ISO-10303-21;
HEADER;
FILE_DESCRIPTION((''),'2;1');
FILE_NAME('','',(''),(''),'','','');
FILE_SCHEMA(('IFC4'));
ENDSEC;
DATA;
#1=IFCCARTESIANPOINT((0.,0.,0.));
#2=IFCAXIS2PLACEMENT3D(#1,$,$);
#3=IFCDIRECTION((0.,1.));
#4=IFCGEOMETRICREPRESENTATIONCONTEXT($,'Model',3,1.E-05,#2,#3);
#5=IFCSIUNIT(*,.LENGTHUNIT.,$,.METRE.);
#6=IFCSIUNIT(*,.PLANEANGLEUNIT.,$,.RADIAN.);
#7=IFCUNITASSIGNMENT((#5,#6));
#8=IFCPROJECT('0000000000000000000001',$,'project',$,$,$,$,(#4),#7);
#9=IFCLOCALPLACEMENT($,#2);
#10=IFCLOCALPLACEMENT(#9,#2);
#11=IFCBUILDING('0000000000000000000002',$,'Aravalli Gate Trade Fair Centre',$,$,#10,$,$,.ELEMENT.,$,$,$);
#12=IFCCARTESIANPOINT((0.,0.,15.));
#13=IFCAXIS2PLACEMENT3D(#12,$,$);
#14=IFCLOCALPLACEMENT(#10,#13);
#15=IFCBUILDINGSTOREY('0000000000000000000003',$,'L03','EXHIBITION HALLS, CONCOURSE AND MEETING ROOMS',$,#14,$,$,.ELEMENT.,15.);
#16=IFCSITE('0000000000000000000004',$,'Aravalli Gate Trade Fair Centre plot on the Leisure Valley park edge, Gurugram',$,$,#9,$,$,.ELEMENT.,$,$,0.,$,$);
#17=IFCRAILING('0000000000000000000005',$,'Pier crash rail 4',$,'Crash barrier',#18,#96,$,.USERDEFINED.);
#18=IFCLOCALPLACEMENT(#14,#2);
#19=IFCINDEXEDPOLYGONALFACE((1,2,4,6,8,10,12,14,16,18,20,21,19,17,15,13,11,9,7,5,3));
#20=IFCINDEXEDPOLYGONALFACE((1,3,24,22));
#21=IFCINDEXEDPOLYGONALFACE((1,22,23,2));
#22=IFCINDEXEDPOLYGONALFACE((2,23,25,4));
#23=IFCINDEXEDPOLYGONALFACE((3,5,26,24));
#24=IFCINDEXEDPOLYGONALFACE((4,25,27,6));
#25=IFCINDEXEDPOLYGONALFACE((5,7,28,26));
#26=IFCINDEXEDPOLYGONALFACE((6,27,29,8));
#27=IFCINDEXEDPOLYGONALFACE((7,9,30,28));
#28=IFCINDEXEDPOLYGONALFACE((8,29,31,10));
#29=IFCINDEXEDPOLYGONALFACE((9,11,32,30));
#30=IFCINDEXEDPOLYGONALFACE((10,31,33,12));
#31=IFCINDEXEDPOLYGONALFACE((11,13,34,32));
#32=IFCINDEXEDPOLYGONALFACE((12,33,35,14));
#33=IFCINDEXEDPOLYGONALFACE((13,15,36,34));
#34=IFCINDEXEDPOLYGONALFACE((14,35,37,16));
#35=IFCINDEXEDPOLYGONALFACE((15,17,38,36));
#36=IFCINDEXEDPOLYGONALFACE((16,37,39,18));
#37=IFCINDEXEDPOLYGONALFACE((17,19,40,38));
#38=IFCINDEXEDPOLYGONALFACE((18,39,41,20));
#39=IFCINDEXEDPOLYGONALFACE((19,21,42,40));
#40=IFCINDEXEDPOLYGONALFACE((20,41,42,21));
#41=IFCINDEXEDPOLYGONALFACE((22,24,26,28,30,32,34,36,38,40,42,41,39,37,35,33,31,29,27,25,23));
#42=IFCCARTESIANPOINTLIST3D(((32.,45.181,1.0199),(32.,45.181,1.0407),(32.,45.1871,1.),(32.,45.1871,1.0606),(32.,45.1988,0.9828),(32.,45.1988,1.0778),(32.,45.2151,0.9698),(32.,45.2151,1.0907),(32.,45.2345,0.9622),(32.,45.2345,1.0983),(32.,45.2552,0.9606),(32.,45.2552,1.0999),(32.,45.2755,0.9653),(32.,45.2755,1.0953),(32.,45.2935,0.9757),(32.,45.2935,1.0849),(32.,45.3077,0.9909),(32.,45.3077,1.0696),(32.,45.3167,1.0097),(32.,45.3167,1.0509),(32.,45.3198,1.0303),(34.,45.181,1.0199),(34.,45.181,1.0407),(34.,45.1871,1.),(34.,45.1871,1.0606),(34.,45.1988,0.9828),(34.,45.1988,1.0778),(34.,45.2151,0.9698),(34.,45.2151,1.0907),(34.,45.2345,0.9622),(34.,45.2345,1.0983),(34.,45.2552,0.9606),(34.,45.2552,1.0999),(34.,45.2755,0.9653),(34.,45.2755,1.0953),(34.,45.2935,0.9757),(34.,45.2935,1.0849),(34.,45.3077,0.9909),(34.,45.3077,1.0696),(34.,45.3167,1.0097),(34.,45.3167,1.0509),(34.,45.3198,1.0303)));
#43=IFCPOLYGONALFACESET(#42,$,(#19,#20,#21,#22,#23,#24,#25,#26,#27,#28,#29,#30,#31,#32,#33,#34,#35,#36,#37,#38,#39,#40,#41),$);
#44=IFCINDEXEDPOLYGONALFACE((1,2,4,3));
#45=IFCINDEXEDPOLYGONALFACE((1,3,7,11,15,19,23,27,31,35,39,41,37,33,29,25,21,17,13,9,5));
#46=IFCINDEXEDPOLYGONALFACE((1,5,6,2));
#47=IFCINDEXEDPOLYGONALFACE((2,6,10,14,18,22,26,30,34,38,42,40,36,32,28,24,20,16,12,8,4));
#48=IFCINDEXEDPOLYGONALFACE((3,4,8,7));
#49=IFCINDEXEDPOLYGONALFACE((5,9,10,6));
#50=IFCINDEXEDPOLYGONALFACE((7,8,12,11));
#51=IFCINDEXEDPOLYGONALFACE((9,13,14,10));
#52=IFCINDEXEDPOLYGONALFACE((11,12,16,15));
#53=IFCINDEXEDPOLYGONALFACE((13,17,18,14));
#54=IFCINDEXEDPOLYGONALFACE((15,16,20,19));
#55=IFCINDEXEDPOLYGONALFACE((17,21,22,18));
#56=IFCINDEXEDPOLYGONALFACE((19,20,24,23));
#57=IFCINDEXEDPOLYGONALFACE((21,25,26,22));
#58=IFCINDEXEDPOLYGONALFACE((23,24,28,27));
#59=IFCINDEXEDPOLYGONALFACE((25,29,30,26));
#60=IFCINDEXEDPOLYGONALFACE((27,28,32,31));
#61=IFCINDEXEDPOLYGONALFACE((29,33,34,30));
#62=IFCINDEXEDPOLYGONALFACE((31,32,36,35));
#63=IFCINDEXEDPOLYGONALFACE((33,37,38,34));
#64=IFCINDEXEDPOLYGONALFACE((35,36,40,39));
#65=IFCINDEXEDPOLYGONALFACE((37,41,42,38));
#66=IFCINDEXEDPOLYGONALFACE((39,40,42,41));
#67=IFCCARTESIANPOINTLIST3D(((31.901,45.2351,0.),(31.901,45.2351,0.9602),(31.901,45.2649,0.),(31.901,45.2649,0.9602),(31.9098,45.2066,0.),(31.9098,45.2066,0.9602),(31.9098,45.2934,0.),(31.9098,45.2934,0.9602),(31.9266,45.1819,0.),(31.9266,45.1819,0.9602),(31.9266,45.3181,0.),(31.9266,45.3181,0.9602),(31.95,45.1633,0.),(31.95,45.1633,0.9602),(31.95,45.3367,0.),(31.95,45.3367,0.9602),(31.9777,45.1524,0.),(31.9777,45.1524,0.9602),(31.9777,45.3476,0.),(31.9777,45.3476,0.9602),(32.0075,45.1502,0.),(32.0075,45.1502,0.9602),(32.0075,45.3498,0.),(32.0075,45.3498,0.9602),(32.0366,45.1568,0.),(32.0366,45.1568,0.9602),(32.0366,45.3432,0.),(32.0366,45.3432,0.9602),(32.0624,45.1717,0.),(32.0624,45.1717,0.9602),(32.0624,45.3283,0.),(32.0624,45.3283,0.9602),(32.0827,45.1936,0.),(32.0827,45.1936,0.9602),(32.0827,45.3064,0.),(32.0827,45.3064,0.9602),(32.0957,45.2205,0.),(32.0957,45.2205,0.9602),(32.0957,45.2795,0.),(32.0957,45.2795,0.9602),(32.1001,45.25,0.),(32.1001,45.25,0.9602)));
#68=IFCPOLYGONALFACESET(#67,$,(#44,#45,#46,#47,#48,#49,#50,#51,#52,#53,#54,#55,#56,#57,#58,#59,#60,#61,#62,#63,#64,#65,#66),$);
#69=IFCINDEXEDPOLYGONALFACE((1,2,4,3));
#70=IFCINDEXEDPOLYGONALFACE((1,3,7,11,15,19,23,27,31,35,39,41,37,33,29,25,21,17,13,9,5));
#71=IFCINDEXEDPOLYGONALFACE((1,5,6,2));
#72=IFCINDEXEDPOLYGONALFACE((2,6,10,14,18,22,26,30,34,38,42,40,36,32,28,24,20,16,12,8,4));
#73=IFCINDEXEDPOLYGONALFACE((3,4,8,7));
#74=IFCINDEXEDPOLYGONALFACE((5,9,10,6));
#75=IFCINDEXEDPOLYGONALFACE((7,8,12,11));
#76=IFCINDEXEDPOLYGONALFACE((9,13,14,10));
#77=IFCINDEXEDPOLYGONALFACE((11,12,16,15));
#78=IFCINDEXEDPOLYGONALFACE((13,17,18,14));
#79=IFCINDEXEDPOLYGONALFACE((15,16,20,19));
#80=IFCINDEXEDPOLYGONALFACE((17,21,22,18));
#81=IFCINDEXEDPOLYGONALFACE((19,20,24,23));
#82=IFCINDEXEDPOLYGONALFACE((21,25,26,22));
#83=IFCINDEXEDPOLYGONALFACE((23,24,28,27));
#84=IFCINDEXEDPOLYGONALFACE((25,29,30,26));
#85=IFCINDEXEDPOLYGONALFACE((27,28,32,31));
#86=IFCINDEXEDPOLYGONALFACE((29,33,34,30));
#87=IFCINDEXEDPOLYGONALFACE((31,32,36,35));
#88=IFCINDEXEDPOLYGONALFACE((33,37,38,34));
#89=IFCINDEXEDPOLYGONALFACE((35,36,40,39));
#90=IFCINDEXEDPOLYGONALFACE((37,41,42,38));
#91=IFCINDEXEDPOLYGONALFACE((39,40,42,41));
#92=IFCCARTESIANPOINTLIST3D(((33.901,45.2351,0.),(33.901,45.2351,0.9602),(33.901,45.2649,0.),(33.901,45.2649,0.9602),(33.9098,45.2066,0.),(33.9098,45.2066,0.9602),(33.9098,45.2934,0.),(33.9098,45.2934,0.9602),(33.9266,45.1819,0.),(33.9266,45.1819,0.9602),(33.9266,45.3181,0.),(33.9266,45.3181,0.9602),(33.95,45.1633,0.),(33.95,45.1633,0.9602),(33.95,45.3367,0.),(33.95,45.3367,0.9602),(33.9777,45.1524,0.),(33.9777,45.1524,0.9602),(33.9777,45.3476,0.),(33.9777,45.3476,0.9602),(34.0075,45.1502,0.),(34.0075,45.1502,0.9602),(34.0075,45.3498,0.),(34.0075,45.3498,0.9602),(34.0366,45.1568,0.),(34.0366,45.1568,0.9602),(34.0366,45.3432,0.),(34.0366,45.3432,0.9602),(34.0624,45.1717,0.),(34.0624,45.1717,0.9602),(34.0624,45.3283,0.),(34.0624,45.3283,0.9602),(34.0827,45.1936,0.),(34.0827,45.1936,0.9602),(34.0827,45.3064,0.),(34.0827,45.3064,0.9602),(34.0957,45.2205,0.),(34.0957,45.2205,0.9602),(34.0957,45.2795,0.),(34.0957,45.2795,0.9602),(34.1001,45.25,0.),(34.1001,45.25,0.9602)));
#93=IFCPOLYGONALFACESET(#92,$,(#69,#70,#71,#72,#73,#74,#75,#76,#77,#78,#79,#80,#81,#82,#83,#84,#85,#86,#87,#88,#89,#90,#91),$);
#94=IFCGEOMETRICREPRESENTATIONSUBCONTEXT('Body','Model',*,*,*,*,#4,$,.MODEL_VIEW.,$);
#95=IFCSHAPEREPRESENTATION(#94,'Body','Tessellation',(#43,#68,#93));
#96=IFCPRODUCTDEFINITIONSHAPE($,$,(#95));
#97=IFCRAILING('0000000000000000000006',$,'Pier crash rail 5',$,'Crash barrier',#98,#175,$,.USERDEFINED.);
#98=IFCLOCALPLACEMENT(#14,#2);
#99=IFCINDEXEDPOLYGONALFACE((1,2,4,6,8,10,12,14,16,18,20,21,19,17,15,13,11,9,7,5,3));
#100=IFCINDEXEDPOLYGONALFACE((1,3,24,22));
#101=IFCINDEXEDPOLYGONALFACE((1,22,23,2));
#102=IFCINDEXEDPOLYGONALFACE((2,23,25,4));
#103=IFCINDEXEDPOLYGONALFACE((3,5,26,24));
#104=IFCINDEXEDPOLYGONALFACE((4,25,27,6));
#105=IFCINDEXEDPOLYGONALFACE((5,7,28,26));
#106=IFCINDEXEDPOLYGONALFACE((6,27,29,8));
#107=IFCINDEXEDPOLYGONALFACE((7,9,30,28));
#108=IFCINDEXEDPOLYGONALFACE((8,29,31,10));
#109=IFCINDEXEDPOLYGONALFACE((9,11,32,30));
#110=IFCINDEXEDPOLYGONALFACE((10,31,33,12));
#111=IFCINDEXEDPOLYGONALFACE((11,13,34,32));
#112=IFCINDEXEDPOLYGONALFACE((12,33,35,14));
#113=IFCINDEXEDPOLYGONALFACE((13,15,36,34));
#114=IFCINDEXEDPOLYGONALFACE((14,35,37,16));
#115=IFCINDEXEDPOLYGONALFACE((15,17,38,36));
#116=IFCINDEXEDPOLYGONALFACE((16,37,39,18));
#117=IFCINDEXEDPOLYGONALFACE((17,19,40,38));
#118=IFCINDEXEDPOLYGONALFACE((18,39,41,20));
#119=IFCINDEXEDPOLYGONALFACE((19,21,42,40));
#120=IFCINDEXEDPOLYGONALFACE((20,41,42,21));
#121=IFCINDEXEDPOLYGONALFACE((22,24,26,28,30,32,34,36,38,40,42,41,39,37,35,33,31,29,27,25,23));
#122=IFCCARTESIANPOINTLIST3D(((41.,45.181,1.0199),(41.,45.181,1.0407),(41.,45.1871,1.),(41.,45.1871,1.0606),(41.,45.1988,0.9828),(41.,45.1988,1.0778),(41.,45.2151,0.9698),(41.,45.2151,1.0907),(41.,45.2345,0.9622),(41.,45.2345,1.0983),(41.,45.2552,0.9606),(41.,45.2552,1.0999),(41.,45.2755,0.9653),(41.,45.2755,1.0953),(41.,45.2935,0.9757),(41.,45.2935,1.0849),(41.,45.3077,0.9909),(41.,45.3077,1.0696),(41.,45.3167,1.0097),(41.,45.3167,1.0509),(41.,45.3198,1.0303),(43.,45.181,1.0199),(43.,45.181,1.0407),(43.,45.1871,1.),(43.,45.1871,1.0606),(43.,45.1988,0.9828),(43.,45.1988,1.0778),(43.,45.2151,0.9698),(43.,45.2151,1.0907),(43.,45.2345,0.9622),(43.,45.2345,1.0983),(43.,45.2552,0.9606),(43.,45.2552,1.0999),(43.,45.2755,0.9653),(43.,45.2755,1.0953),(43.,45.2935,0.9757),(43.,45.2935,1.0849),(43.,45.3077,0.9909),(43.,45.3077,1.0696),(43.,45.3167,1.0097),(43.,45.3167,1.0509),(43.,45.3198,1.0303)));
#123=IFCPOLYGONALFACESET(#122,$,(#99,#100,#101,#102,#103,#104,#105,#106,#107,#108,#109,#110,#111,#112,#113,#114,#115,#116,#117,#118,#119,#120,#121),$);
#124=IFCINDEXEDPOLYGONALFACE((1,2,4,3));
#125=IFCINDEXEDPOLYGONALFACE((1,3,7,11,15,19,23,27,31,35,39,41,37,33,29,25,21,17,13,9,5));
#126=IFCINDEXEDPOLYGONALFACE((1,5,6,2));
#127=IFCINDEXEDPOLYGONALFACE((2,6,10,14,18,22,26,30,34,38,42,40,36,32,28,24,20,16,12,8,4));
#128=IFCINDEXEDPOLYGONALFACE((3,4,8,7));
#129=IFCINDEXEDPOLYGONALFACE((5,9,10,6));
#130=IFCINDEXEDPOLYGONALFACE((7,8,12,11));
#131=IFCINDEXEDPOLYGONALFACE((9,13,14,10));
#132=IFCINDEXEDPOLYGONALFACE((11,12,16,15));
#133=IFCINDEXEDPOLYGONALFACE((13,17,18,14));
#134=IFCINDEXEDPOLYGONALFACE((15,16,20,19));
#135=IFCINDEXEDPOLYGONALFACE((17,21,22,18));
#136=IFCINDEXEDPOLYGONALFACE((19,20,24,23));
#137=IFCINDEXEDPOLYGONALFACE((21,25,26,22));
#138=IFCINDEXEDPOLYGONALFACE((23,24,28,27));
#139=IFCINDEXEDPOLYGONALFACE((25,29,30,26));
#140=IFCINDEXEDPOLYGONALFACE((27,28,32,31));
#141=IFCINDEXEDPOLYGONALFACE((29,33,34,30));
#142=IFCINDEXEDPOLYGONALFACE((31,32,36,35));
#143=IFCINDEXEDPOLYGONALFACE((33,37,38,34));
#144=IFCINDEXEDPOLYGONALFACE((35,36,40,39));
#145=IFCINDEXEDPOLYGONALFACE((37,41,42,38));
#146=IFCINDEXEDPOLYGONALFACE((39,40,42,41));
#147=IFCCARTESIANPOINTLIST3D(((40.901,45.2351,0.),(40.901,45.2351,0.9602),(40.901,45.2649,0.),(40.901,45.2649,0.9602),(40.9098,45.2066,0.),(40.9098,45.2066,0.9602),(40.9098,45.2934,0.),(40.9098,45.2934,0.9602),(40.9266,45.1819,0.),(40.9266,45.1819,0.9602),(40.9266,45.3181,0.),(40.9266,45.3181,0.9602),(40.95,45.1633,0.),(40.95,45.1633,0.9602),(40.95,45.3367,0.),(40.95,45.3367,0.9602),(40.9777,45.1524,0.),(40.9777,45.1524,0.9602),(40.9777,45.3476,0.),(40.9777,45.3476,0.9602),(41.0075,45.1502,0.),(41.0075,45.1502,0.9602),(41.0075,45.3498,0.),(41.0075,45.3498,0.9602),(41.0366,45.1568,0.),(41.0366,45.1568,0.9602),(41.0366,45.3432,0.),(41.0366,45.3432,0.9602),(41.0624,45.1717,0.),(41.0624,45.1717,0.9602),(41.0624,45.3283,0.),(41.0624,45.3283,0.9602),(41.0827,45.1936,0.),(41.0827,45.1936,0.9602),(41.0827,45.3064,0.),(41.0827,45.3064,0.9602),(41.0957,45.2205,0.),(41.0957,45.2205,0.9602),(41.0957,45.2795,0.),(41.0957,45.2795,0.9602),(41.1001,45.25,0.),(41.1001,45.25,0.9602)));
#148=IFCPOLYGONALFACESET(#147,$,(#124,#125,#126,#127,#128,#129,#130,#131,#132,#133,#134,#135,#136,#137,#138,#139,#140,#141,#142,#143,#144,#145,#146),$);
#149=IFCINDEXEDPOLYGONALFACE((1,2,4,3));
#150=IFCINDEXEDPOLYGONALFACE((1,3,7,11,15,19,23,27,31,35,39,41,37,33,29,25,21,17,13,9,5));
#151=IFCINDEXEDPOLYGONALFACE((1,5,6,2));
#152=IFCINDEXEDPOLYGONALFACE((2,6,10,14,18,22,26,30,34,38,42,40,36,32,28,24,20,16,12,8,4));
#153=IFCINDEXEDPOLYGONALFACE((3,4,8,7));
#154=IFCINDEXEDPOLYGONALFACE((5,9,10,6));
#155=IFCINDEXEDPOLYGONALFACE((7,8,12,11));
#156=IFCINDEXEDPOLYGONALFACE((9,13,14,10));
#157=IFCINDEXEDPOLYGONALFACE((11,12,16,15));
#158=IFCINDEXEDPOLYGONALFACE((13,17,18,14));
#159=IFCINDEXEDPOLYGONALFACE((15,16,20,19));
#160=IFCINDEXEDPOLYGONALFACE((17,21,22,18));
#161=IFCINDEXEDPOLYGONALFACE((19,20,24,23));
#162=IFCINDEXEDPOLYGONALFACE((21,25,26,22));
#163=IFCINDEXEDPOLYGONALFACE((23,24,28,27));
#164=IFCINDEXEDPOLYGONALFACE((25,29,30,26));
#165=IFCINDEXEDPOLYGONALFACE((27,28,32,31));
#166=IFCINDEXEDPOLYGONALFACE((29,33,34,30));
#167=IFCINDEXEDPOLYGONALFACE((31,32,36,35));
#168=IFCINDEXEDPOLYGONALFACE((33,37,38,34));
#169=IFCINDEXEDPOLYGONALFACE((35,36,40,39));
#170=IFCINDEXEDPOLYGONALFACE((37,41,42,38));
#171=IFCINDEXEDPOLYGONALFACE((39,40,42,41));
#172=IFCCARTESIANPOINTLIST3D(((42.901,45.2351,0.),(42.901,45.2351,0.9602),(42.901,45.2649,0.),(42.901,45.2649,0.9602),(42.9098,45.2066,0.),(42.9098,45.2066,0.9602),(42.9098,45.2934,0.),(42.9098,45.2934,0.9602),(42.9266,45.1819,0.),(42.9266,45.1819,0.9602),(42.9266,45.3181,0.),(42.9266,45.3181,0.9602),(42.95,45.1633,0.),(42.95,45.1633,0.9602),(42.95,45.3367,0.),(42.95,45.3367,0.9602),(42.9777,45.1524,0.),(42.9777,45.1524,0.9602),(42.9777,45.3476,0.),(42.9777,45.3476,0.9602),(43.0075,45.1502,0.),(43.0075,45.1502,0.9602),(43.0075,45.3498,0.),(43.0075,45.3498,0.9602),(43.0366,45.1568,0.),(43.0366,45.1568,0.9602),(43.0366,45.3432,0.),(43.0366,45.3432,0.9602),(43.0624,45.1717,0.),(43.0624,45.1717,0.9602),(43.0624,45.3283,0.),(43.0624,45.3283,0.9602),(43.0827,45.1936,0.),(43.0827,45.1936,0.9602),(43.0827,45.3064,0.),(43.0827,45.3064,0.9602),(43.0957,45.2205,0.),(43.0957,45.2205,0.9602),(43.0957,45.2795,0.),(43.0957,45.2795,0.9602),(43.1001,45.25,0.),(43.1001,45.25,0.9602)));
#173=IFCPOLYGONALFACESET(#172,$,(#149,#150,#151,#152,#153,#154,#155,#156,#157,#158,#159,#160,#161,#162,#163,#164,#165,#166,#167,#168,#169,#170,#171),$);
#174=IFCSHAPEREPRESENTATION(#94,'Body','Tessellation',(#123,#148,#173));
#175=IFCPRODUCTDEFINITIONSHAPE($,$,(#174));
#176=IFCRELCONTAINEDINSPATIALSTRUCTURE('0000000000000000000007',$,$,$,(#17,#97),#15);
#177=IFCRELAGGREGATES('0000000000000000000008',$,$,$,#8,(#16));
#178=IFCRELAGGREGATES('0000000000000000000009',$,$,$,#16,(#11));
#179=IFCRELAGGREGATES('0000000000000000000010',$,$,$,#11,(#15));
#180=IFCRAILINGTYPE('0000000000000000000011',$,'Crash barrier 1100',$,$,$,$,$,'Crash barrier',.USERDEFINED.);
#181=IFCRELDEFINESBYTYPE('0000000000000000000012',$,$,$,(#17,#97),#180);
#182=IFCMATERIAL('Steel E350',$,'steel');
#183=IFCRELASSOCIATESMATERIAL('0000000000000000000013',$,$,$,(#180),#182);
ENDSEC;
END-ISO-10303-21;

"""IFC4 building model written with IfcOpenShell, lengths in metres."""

from ifc_helpers import new_model, si_unit, direction, frame, origin, origin_2d, place, context, subcontext, project, spatial, circle, extrude, material, type_object, element, save


model = new_model("IFC4")

# Units and contexts
model_context = context("Model", 3, precision=1e-05, world=origin(), true_north=direction((0.0, 1.0)))
body_context = subcontext(model_context, "Body", "Model", "MODEL_VIEW")
ifc_project = project(units=[si_unit("LENGTHUNIT", "METRE"), si_unit("PLANEANGLEUNIT", "RADIAN")], contexts=[model_context])

# Site, building, storey
site_placement = place(None, origin())
site = spatial("IfcSite", under=ifc_project, at=site_placement, Name="Aravalli Gate Trade Fair Centre plot on the Leisure Valley park edge, Gurugram", CompositionType="ELEMENT", RefElevation=0.0)
building_placement = place(site_placement, origin())
building = spatial("IfcBuilding", under=site, at=building_placement, Name="Aravalli Gate Trade Fair Centre", CompositionType="ELEMENT")
storey_placement = place(building_placement, frame((0.0, 0.0, 15.0)))
storey = spatial("IfcBuildingStorey", under=building, at=storey_placement, Name="L03", Description="EXHIBITION HALLS, CONCOURSE AND MEETING ROOMS", CompositionType="ELEMENT", Elevation=15.0)

# Railings
ifc_material_1 = material(Name="Steel E350", Category="steel")
railing_type = type_object("IfcRailingType", Name="Crash barrier 1100", ElementType="Crash barrier", PredefinedType="USERDEFINED", material=ifc_material_1)
for number, where, name in (
    (1, (32.0, 45.25, 0.0), "Pier crash rail 4"),
    (2, (41.0, 45.25, 0.0), "Pier crash rail 5"),
):
    element("IfcRailing", number, at=place(storey_placement, frame(where)), inside=storey, type_object=railing_type, Name=name, ObjectType="Crash barrier", PredefinedType="USERDEFINED", context=body_context, shape_type="SweptSolid", body=[
        extrude(circle(Radius=0.0698, at=origin_2d()), frame((0.0, 0.0, 1.0303), z_axis=(1.0, 0.0, 0.0), x_axis=(0.0, 1.0, 0.0)), (0.0, 0.0, 1.0), 2.0),
        extrude(circle(Radius=0.1001, at=origin_2d()), origin(), (0.0, 0.0, 1.0), 0.9602),
        extrude(circle(Radius=0.1001, at=origin_2d()), frame((2.0, 0.0, 0.0)), (0.0, 0.0, 1.0), 0.9602),
    ])

save(model, "model.ifc")
